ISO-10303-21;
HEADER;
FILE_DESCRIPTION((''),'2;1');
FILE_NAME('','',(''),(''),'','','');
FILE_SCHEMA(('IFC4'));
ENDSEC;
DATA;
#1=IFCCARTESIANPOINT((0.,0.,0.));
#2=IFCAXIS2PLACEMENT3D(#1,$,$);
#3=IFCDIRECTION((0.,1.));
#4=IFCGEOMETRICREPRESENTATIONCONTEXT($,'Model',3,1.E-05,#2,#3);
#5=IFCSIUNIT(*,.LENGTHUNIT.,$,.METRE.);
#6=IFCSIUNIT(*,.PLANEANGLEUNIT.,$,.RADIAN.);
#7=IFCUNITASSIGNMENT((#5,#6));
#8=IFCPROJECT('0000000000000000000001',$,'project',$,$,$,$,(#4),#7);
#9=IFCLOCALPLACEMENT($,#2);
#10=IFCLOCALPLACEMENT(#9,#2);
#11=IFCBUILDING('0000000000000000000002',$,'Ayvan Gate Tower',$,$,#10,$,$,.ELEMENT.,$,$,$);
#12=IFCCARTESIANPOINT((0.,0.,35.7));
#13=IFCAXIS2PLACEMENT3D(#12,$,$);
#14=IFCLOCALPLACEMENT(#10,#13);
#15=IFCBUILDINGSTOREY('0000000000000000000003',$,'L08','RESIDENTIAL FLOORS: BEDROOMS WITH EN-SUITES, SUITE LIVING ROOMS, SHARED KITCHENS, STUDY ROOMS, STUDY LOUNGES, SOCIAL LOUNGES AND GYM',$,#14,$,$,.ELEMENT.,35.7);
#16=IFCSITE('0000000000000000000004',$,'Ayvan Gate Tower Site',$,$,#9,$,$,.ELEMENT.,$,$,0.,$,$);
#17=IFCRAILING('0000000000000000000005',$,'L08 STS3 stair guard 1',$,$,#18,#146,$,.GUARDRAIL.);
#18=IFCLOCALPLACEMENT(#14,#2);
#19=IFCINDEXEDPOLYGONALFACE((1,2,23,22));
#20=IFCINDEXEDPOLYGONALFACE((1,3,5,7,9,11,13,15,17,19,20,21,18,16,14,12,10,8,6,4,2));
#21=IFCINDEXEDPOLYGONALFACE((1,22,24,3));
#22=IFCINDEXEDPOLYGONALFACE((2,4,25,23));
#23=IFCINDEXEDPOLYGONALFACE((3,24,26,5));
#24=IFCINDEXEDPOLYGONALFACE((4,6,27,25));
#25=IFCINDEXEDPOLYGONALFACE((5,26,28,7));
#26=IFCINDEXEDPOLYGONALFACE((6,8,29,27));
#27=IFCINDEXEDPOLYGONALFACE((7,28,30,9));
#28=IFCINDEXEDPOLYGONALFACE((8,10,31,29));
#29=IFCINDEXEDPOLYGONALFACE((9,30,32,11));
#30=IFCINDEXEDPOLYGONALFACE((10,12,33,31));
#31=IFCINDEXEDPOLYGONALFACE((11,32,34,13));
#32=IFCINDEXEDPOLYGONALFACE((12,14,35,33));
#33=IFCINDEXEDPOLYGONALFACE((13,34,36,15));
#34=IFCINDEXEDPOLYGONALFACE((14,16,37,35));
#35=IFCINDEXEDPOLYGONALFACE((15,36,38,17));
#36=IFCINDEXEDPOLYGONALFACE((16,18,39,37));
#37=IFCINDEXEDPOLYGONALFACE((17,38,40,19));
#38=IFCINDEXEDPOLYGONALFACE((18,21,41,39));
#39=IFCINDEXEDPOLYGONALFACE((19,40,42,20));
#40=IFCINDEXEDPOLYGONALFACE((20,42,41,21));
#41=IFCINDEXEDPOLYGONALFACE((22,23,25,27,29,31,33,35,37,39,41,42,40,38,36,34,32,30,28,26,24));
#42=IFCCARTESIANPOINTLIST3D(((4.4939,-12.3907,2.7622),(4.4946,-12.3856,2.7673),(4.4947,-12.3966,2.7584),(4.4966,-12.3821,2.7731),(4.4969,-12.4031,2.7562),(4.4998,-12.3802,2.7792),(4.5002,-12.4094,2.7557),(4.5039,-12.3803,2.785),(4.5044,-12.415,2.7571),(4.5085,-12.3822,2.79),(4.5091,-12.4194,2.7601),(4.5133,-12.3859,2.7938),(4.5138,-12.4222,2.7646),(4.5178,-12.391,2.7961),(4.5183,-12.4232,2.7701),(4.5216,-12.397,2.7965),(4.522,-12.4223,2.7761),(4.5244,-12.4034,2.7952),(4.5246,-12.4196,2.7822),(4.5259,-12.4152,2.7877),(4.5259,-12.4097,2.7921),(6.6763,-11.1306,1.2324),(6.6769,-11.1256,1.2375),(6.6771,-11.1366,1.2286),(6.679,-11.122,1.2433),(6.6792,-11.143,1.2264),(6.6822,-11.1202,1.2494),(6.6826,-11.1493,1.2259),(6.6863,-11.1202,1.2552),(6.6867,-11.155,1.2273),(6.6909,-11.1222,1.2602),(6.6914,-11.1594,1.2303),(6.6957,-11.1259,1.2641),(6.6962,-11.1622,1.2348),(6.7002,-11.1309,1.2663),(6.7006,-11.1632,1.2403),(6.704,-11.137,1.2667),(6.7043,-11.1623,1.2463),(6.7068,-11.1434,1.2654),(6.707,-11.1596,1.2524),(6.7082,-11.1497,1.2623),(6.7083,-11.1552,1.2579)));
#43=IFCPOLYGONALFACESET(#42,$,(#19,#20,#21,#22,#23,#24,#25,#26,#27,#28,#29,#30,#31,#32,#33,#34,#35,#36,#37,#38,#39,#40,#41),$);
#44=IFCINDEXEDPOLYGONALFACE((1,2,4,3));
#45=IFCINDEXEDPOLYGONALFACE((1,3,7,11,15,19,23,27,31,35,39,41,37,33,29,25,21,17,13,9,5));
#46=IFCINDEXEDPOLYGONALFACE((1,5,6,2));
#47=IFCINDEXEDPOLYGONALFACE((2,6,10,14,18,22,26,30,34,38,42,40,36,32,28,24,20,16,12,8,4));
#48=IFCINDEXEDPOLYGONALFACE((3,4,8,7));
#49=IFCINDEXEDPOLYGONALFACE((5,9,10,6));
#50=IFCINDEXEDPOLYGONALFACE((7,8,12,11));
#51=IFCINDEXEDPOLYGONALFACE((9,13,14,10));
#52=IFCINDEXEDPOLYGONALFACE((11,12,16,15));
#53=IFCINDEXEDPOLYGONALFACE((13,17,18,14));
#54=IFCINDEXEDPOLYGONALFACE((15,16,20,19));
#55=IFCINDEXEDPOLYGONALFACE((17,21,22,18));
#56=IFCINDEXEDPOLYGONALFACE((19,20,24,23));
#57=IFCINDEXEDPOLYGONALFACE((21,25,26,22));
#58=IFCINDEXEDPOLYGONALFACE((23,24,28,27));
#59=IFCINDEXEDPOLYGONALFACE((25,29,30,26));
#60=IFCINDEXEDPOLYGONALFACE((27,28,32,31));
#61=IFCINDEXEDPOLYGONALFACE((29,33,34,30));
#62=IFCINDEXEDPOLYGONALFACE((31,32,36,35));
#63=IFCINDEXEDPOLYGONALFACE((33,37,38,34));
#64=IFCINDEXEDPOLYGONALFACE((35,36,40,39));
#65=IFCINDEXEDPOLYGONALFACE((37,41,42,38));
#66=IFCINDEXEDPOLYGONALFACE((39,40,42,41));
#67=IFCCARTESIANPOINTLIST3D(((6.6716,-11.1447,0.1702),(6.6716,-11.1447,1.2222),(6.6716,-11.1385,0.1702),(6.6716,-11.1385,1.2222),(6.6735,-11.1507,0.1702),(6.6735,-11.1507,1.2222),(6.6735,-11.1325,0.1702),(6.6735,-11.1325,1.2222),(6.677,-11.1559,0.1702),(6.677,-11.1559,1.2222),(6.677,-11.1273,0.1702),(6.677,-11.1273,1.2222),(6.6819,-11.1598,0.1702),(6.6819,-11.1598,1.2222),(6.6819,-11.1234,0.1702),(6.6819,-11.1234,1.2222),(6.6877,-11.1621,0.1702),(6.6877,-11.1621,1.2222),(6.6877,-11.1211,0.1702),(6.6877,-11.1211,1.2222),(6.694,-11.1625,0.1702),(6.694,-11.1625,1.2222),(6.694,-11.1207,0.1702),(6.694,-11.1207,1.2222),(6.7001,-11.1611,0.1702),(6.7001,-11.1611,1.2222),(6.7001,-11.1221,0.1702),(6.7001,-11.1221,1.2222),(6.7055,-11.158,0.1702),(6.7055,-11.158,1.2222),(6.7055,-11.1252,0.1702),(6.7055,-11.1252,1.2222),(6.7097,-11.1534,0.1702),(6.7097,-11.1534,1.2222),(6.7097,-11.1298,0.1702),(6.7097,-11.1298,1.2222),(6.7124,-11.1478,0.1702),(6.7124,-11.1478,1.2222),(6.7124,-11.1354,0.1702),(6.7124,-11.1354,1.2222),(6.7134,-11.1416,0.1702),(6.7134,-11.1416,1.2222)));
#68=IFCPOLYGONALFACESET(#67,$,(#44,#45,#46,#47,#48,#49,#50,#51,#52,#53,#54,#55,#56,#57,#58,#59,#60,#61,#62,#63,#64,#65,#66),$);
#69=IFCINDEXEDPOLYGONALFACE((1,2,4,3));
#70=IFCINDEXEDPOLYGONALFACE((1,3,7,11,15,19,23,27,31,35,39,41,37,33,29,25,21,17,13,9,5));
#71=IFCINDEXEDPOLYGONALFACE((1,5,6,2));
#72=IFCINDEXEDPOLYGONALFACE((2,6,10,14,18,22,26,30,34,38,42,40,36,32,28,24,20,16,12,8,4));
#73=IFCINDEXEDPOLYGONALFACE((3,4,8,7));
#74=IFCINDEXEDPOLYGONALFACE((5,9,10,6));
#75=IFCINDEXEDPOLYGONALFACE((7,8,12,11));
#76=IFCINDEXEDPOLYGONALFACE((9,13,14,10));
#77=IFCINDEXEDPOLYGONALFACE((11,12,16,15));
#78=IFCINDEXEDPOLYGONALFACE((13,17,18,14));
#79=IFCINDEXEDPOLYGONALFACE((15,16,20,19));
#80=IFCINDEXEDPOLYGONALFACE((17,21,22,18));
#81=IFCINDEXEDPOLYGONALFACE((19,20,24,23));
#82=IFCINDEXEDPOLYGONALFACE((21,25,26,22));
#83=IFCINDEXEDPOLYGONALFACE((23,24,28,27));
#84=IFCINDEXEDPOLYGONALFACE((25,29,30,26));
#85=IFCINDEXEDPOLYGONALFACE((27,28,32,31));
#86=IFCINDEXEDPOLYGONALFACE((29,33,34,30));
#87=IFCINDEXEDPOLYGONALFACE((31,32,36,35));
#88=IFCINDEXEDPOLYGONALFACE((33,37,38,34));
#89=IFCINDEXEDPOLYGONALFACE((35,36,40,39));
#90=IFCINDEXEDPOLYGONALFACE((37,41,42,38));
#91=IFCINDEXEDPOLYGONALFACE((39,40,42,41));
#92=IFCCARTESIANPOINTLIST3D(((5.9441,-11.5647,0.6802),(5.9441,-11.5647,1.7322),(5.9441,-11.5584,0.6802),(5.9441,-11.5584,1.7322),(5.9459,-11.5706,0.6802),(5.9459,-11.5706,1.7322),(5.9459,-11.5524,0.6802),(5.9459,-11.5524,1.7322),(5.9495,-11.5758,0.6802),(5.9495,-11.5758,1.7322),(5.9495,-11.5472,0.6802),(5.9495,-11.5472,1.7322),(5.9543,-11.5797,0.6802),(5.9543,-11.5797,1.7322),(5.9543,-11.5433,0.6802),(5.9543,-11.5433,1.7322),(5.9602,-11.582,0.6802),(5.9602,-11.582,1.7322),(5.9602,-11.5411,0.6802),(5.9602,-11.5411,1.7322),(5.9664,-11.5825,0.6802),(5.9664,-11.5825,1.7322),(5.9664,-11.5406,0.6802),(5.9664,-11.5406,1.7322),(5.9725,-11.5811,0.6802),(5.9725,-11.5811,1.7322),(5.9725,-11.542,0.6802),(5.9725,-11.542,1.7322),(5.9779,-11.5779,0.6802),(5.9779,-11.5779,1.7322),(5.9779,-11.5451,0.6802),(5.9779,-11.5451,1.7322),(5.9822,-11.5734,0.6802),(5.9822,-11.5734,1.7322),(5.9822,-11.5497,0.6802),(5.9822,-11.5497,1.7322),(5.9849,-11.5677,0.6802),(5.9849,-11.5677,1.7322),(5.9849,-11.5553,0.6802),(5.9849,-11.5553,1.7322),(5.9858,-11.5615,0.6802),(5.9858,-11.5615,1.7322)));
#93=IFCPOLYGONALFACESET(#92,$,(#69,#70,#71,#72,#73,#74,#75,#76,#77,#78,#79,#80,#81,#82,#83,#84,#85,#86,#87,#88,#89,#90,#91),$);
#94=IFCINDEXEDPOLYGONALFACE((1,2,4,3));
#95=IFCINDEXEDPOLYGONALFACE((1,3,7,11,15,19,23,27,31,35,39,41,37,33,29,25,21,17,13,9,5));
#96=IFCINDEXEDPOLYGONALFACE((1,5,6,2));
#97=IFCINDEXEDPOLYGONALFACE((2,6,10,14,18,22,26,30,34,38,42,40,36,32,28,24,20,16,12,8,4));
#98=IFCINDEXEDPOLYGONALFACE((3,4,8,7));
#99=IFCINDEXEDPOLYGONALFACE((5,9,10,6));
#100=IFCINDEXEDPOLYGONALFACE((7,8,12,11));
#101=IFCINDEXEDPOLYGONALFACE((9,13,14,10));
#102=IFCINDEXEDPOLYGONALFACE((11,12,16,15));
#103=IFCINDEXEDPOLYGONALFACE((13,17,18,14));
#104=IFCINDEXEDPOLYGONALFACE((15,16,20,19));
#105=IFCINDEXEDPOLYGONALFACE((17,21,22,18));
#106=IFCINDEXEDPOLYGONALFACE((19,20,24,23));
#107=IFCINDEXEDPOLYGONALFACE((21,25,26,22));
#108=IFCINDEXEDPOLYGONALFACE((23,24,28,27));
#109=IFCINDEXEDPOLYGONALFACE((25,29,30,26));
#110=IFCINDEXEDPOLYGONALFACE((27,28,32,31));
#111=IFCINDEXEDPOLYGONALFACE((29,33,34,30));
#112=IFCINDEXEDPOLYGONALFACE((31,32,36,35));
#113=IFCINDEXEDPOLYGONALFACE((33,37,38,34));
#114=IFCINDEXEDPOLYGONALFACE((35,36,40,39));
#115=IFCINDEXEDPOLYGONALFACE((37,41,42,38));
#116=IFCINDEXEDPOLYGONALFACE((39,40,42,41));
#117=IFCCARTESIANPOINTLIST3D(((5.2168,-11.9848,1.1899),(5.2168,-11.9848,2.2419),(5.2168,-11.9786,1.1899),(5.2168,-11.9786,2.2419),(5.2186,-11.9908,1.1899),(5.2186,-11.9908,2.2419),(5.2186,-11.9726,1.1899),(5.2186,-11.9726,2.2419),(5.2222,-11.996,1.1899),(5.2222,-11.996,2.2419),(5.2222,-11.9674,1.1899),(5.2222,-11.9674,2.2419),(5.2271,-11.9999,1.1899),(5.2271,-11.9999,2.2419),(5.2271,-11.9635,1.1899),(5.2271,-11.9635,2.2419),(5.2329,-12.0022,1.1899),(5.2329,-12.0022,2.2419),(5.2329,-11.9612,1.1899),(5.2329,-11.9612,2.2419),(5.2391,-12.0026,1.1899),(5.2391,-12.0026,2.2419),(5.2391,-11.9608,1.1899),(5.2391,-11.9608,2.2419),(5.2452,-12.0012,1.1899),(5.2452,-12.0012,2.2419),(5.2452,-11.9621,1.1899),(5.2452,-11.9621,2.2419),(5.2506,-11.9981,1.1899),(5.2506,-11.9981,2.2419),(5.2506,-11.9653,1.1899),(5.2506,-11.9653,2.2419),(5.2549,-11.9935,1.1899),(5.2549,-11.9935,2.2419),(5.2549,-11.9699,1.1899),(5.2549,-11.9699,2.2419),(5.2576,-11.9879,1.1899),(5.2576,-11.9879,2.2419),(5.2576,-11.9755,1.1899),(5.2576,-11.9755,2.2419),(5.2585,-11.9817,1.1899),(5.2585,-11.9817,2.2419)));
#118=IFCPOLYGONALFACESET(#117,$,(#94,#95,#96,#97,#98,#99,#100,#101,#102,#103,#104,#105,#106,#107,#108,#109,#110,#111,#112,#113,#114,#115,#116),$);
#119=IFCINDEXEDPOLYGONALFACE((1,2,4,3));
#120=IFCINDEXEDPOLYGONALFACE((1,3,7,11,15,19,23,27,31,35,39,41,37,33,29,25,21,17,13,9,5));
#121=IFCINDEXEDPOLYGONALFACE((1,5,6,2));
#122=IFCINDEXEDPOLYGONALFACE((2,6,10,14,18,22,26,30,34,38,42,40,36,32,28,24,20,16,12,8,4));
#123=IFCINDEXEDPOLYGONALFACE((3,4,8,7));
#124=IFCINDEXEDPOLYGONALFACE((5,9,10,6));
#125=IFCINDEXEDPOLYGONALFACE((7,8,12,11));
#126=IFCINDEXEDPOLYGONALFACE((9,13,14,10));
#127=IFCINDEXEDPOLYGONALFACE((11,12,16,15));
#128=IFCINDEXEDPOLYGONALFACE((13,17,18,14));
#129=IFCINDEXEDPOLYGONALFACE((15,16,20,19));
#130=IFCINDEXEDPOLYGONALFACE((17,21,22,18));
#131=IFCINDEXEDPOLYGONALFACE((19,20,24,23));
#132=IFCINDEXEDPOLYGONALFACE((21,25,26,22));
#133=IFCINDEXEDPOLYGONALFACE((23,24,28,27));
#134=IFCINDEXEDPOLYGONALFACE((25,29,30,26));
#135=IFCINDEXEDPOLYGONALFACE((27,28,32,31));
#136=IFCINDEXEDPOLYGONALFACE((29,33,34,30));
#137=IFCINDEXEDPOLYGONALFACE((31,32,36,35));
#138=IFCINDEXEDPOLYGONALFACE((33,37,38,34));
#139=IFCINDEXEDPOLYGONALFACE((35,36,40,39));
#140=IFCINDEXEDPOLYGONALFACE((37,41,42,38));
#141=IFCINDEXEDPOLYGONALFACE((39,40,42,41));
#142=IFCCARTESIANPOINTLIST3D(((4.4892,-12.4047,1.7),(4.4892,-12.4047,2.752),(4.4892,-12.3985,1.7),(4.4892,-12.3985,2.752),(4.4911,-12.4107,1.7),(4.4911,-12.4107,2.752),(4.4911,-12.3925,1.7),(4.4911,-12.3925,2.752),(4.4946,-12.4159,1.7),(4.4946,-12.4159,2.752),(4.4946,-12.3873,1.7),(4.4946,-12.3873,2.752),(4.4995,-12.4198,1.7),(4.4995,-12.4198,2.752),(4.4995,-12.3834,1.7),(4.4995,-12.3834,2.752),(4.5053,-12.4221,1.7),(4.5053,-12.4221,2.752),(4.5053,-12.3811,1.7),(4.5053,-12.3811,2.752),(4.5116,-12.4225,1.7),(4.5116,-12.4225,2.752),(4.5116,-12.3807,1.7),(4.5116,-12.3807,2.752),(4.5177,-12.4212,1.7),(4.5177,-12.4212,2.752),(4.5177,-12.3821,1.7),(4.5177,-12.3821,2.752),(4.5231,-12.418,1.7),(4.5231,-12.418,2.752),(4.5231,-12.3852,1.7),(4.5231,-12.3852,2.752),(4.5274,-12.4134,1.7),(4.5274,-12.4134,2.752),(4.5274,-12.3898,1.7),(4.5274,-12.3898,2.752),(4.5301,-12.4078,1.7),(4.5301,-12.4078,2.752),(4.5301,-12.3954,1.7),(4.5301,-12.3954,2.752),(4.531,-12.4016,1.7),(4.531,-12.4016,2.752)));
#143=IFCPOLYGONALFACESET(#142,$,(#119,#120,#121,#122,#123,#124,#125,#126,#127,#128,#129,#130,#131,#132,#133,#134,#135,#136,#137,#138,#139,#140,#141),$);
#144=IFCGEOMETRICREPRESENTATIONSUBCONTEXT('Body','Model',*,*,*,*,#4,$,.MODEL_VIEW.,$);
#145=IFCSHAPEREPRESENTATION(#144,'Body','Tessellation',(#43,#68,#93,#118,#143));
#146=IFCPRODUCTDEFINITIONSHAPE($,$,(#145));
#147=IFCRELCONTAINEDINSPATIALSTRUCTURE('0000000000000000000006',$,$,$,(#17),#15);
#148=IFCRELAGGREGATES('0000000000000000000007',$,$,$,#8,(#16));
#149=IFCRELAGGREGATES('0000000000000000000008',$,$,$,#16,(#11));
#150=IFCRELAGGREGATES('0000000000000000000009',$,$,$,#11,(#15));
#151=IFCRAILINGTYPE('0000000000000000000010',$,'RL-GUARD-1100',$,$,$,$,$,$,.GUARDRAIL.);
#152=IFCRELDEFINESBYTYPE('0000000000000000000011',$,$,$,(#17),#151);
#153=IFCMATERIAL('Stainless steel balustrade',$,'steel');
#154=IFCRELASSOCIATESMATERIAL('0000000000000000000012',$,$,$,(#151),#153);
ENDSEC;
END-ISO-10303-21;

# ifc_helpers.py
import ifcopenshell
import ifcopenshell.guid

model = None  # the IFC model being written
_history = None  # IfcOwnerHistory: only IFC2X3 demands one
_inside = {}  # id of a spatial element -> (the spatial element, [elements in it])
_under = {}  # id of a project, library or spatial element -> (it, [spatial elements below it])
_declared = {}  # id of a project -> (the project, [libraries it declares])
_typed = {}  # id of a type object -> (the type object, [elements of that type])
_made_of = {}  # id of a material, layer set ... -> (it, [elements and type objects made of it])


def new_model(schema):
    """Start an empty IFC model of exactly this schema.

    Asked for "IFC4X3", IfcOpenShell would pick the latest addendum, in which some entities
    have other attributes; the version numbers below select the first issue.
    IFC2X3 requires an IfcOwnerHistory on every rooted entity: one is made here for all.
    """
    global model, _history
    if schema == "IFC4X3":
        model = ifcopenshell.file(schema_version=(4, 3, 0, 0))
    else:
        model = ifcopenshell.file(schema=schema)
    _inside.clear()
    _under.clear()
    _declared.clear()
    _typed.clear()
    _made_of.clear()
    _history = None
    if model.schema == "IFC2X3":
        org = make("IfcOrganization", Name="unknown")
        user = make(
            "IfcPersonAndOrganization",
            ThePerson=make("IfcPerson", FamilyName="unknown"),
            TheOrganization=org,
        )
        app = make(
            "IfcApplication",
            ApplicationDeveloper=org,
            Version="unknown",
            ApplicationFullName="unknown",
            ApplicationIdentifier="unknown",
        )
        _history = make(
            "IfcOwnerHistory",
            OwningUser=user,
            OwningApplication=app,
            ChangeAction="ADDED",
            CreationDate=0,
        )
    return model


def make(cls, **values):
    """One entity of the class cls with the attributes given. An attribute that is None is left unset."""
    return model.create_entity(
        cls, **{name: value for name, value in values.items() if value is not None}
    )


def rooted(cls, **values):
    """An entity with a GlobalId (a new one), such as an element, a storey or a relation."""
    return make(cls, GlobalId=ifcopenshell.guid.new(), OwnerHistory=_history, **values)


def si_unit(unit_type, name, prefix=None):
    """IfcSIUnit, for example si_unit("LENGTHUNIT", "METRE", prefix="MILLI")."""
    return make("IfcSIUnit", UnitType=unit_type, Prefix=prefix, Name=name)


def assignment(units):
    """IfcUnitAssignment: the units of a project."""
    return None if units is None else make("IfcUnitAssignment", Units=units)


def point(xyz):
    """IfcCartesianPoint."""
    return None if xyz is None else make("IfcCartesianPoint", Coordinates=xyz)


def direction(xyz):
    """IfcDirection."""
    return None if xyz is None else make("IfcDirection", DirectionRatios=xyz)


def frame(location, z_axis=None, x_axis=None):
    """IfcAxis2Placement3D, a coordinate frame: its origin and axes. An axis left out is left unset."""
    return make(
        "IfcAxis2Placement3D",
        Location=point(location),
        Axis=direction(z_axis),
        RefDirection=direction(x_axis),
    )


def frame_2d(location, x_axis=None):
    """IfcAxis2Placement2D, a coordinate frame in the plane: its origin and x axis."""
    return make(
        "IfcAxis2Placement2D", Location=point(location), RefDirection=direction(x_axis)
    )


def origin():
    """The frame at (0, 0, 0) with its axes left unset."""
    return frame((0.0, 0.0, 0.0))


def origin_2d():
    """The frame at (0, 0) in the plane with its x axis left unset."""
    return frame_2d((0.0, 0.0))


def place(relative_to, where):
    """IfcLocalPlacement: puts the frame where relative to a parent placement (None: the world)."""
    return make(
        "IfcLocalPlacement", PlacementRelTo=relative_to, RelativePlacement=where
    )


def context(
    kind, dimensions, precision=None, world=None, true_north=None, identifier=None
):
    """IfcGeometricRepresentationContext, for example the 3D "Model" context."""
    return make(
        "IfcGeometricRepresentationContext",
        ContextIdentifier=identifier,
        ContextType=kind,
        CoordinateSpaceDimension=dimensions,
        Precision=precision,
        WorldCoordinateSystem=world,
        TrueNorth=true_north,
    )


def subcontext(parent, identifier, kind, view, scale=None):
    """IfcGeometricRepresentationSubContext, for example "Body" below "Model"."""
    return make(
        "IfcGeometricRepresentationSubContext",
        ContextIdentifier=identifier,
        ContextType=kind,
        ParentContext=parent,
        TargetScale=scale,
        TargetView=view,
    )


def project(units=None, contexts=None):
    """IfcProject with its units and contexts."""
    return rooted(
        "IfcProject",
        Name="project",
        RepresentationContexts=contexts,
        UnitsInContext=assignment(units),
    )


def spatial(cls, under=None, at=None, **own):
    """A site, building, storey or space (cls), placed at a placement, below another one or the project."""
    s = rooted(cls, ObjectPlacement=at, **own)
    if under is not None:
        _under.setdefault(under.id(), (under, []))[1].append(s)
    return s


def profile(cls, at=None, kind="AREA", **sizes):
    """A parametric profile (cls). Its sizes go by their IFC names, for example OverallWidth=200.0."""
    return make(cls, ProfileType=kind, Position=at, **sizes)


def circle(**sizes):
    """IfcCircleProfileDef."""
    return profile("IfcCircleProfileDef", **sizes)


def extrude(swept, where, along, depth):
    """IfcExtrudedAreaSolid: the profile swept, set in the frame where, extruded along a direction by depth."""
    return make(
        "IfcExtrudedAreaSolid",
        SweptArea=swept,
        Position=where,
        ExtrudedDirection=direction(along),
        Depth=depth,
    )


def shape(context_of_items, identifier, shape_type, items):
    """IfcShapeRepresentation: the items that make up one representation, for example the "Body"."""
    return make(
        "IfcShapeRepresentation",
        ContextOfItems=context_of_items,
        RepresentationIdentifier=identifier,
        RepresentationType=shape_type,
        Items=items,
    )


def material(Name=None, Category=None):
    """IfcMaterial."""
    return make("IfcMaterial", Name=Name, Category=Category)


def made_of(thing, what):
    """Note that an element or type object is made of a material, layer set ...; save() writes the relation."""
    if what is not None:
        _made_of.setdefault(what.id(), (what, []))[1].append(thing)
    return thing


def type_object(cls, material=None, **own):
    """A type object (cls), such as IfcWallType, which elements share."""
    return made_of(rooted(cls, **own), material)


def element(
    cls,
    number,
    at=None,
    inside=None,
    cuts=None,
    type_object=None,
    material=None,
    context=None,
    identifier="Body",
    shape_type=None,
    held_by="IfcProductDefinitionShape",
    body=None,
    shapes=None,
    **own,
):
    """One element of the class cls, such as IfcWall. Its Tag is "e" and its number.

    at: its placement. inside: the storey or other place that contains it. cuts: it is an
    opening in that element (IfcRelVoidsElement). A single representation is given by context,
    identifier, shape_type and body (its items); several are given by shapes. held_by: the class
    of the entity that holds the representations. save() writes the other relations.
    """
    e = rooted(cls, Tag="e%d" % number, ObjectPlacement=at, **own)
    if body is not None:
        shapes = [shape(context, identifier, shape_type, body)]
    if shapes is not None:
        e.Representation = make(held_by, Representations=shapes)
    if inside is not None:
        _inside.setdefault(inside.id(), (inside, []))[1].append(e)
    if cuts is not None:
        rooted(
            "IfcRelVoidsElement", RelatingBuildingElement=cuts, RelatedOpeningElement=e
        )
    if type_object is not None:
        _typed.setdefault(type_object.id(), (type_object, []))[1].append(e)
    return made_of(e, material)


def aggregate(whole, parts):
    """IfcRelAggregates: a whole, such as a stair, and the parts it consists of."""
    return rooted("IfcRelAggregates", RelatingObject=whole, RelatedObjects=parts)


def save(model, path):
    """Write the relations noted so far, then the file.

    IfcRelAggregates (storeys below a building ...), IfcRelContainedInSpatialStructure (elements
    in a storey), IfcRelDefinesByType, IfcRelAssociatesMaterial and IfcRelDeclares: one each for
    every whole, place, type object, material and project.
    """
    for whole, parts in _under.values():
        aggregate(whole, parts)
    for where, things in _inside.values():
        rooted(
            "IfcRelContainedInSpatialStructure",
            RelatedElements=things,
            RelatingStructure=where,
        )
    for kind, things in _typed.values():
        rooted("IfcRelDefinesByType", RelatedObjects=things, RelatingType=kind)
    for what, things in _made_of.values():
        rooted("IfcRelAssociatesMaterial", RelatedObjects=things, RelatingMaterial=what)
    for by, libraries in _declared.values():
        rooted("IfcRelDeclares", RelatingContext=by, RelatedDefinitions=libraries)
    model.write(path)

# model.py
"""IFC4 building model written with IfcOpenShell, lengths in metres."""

from ifc_helpers import new_model, si_unit, direction, frame, origin, origin_2d, place, context, subcontext, project, spatial, circle, extrude, material, type_object, element, save


model = new_model("IFC4")

# Units and contexts
model_context = context("Model", 3, precision=1e-05, world=origin(), true_north=direction((0.0, 1.0)))
body_context = subcontext(model_context, "Body", "Model", "MODEL_VIEW")
ifc_project = project(units=[si_unit("LENGTHUNIT", "METRE"), si_unit("PLANEANGLEUNIT", "RADIAN")], contexts=[model_context])

# Site, building, storey
site_placement = place(None, origin())
site = spatial("IfcSite", under=ifc_project, at=site_placement, Name="Ayvan Gate Tower Site", CompositionType="ELEMENT", RefElevation=0.0)
building_placement = place(site_placement, origin())
building = spatial("IfcBuilding", under=site, at=building_placement, Name="Ayvan Gate Tower", CompositionType="ELEMENT")
storey_placement = place(building_placement, frame((0.0, 0.0, 35.7)))
storey = spatial("IfcBuildingStorey", under=building, at=storey_placement, Name="L08", Description="RESIDENTIAL FLOORS: BEDROOMS WITH EN-SUITES, SUITE LIVING ROOMS, SHARED KITCHENS, STUDY ROOMS, STUDY LOUNGES, SOCIAL LOUNGES AND GYM", CompositionType="ELEMENT", Elevation=35.7)

# Railing
ifc_material_1 = material(Name="Stainless steel balustrade", Category="steel")
railing_type_1 = type_object("IfcRailingType", Name="RL-GUARD-1100", PredefinedType="GUARDRAIL", material=ifc_material_1)
railing_1_placement = place(storey_placement, frame((6.6924, -11.1416, 0.1702)))
element("IfcRailing", 1, at=railing_1_placement, inside=storey, type_object=railing_type_1, Name="L08 STS3 stair guard 1", PredefinedType="GUARDRAIL", context=body_context, shape_type="SweptSolid", body=[
    extrude(circle(Radius=0.0239, at=origin_2d()), frame((0.0, 0.0, 1.0762), z_axis=(-0.740293, -0.427414, 0.518926), x_axis=(0.500005, -0.866023, 0.0)), (0.0, 0.0, 1.0), 2.948),
    extrude(circle(Radius=0.021, at=origin_2d()), origin(), (0.0, 0.0, 1.0), 1.052),
    extrude(circle(Radius=0.021, at=origin_2d()), frame((-0.7275, -0.4199, 0.51)), (0.0, 0.0, 1.0), 1.052),
    extrude(circle(Radius=0.021, at=origin_2d()), frame((-1.4548, -0.8401, 1.0198)), (0.0, 0.0, 1.0), 1.052),
    extrude(circle(Radius=0.021, at=origin_2d()), frame((-2.1824, -1.26, 1.5298)), (0.0, 0.0, 1.0), 1.052),
])

save(model, "model.ifc")
